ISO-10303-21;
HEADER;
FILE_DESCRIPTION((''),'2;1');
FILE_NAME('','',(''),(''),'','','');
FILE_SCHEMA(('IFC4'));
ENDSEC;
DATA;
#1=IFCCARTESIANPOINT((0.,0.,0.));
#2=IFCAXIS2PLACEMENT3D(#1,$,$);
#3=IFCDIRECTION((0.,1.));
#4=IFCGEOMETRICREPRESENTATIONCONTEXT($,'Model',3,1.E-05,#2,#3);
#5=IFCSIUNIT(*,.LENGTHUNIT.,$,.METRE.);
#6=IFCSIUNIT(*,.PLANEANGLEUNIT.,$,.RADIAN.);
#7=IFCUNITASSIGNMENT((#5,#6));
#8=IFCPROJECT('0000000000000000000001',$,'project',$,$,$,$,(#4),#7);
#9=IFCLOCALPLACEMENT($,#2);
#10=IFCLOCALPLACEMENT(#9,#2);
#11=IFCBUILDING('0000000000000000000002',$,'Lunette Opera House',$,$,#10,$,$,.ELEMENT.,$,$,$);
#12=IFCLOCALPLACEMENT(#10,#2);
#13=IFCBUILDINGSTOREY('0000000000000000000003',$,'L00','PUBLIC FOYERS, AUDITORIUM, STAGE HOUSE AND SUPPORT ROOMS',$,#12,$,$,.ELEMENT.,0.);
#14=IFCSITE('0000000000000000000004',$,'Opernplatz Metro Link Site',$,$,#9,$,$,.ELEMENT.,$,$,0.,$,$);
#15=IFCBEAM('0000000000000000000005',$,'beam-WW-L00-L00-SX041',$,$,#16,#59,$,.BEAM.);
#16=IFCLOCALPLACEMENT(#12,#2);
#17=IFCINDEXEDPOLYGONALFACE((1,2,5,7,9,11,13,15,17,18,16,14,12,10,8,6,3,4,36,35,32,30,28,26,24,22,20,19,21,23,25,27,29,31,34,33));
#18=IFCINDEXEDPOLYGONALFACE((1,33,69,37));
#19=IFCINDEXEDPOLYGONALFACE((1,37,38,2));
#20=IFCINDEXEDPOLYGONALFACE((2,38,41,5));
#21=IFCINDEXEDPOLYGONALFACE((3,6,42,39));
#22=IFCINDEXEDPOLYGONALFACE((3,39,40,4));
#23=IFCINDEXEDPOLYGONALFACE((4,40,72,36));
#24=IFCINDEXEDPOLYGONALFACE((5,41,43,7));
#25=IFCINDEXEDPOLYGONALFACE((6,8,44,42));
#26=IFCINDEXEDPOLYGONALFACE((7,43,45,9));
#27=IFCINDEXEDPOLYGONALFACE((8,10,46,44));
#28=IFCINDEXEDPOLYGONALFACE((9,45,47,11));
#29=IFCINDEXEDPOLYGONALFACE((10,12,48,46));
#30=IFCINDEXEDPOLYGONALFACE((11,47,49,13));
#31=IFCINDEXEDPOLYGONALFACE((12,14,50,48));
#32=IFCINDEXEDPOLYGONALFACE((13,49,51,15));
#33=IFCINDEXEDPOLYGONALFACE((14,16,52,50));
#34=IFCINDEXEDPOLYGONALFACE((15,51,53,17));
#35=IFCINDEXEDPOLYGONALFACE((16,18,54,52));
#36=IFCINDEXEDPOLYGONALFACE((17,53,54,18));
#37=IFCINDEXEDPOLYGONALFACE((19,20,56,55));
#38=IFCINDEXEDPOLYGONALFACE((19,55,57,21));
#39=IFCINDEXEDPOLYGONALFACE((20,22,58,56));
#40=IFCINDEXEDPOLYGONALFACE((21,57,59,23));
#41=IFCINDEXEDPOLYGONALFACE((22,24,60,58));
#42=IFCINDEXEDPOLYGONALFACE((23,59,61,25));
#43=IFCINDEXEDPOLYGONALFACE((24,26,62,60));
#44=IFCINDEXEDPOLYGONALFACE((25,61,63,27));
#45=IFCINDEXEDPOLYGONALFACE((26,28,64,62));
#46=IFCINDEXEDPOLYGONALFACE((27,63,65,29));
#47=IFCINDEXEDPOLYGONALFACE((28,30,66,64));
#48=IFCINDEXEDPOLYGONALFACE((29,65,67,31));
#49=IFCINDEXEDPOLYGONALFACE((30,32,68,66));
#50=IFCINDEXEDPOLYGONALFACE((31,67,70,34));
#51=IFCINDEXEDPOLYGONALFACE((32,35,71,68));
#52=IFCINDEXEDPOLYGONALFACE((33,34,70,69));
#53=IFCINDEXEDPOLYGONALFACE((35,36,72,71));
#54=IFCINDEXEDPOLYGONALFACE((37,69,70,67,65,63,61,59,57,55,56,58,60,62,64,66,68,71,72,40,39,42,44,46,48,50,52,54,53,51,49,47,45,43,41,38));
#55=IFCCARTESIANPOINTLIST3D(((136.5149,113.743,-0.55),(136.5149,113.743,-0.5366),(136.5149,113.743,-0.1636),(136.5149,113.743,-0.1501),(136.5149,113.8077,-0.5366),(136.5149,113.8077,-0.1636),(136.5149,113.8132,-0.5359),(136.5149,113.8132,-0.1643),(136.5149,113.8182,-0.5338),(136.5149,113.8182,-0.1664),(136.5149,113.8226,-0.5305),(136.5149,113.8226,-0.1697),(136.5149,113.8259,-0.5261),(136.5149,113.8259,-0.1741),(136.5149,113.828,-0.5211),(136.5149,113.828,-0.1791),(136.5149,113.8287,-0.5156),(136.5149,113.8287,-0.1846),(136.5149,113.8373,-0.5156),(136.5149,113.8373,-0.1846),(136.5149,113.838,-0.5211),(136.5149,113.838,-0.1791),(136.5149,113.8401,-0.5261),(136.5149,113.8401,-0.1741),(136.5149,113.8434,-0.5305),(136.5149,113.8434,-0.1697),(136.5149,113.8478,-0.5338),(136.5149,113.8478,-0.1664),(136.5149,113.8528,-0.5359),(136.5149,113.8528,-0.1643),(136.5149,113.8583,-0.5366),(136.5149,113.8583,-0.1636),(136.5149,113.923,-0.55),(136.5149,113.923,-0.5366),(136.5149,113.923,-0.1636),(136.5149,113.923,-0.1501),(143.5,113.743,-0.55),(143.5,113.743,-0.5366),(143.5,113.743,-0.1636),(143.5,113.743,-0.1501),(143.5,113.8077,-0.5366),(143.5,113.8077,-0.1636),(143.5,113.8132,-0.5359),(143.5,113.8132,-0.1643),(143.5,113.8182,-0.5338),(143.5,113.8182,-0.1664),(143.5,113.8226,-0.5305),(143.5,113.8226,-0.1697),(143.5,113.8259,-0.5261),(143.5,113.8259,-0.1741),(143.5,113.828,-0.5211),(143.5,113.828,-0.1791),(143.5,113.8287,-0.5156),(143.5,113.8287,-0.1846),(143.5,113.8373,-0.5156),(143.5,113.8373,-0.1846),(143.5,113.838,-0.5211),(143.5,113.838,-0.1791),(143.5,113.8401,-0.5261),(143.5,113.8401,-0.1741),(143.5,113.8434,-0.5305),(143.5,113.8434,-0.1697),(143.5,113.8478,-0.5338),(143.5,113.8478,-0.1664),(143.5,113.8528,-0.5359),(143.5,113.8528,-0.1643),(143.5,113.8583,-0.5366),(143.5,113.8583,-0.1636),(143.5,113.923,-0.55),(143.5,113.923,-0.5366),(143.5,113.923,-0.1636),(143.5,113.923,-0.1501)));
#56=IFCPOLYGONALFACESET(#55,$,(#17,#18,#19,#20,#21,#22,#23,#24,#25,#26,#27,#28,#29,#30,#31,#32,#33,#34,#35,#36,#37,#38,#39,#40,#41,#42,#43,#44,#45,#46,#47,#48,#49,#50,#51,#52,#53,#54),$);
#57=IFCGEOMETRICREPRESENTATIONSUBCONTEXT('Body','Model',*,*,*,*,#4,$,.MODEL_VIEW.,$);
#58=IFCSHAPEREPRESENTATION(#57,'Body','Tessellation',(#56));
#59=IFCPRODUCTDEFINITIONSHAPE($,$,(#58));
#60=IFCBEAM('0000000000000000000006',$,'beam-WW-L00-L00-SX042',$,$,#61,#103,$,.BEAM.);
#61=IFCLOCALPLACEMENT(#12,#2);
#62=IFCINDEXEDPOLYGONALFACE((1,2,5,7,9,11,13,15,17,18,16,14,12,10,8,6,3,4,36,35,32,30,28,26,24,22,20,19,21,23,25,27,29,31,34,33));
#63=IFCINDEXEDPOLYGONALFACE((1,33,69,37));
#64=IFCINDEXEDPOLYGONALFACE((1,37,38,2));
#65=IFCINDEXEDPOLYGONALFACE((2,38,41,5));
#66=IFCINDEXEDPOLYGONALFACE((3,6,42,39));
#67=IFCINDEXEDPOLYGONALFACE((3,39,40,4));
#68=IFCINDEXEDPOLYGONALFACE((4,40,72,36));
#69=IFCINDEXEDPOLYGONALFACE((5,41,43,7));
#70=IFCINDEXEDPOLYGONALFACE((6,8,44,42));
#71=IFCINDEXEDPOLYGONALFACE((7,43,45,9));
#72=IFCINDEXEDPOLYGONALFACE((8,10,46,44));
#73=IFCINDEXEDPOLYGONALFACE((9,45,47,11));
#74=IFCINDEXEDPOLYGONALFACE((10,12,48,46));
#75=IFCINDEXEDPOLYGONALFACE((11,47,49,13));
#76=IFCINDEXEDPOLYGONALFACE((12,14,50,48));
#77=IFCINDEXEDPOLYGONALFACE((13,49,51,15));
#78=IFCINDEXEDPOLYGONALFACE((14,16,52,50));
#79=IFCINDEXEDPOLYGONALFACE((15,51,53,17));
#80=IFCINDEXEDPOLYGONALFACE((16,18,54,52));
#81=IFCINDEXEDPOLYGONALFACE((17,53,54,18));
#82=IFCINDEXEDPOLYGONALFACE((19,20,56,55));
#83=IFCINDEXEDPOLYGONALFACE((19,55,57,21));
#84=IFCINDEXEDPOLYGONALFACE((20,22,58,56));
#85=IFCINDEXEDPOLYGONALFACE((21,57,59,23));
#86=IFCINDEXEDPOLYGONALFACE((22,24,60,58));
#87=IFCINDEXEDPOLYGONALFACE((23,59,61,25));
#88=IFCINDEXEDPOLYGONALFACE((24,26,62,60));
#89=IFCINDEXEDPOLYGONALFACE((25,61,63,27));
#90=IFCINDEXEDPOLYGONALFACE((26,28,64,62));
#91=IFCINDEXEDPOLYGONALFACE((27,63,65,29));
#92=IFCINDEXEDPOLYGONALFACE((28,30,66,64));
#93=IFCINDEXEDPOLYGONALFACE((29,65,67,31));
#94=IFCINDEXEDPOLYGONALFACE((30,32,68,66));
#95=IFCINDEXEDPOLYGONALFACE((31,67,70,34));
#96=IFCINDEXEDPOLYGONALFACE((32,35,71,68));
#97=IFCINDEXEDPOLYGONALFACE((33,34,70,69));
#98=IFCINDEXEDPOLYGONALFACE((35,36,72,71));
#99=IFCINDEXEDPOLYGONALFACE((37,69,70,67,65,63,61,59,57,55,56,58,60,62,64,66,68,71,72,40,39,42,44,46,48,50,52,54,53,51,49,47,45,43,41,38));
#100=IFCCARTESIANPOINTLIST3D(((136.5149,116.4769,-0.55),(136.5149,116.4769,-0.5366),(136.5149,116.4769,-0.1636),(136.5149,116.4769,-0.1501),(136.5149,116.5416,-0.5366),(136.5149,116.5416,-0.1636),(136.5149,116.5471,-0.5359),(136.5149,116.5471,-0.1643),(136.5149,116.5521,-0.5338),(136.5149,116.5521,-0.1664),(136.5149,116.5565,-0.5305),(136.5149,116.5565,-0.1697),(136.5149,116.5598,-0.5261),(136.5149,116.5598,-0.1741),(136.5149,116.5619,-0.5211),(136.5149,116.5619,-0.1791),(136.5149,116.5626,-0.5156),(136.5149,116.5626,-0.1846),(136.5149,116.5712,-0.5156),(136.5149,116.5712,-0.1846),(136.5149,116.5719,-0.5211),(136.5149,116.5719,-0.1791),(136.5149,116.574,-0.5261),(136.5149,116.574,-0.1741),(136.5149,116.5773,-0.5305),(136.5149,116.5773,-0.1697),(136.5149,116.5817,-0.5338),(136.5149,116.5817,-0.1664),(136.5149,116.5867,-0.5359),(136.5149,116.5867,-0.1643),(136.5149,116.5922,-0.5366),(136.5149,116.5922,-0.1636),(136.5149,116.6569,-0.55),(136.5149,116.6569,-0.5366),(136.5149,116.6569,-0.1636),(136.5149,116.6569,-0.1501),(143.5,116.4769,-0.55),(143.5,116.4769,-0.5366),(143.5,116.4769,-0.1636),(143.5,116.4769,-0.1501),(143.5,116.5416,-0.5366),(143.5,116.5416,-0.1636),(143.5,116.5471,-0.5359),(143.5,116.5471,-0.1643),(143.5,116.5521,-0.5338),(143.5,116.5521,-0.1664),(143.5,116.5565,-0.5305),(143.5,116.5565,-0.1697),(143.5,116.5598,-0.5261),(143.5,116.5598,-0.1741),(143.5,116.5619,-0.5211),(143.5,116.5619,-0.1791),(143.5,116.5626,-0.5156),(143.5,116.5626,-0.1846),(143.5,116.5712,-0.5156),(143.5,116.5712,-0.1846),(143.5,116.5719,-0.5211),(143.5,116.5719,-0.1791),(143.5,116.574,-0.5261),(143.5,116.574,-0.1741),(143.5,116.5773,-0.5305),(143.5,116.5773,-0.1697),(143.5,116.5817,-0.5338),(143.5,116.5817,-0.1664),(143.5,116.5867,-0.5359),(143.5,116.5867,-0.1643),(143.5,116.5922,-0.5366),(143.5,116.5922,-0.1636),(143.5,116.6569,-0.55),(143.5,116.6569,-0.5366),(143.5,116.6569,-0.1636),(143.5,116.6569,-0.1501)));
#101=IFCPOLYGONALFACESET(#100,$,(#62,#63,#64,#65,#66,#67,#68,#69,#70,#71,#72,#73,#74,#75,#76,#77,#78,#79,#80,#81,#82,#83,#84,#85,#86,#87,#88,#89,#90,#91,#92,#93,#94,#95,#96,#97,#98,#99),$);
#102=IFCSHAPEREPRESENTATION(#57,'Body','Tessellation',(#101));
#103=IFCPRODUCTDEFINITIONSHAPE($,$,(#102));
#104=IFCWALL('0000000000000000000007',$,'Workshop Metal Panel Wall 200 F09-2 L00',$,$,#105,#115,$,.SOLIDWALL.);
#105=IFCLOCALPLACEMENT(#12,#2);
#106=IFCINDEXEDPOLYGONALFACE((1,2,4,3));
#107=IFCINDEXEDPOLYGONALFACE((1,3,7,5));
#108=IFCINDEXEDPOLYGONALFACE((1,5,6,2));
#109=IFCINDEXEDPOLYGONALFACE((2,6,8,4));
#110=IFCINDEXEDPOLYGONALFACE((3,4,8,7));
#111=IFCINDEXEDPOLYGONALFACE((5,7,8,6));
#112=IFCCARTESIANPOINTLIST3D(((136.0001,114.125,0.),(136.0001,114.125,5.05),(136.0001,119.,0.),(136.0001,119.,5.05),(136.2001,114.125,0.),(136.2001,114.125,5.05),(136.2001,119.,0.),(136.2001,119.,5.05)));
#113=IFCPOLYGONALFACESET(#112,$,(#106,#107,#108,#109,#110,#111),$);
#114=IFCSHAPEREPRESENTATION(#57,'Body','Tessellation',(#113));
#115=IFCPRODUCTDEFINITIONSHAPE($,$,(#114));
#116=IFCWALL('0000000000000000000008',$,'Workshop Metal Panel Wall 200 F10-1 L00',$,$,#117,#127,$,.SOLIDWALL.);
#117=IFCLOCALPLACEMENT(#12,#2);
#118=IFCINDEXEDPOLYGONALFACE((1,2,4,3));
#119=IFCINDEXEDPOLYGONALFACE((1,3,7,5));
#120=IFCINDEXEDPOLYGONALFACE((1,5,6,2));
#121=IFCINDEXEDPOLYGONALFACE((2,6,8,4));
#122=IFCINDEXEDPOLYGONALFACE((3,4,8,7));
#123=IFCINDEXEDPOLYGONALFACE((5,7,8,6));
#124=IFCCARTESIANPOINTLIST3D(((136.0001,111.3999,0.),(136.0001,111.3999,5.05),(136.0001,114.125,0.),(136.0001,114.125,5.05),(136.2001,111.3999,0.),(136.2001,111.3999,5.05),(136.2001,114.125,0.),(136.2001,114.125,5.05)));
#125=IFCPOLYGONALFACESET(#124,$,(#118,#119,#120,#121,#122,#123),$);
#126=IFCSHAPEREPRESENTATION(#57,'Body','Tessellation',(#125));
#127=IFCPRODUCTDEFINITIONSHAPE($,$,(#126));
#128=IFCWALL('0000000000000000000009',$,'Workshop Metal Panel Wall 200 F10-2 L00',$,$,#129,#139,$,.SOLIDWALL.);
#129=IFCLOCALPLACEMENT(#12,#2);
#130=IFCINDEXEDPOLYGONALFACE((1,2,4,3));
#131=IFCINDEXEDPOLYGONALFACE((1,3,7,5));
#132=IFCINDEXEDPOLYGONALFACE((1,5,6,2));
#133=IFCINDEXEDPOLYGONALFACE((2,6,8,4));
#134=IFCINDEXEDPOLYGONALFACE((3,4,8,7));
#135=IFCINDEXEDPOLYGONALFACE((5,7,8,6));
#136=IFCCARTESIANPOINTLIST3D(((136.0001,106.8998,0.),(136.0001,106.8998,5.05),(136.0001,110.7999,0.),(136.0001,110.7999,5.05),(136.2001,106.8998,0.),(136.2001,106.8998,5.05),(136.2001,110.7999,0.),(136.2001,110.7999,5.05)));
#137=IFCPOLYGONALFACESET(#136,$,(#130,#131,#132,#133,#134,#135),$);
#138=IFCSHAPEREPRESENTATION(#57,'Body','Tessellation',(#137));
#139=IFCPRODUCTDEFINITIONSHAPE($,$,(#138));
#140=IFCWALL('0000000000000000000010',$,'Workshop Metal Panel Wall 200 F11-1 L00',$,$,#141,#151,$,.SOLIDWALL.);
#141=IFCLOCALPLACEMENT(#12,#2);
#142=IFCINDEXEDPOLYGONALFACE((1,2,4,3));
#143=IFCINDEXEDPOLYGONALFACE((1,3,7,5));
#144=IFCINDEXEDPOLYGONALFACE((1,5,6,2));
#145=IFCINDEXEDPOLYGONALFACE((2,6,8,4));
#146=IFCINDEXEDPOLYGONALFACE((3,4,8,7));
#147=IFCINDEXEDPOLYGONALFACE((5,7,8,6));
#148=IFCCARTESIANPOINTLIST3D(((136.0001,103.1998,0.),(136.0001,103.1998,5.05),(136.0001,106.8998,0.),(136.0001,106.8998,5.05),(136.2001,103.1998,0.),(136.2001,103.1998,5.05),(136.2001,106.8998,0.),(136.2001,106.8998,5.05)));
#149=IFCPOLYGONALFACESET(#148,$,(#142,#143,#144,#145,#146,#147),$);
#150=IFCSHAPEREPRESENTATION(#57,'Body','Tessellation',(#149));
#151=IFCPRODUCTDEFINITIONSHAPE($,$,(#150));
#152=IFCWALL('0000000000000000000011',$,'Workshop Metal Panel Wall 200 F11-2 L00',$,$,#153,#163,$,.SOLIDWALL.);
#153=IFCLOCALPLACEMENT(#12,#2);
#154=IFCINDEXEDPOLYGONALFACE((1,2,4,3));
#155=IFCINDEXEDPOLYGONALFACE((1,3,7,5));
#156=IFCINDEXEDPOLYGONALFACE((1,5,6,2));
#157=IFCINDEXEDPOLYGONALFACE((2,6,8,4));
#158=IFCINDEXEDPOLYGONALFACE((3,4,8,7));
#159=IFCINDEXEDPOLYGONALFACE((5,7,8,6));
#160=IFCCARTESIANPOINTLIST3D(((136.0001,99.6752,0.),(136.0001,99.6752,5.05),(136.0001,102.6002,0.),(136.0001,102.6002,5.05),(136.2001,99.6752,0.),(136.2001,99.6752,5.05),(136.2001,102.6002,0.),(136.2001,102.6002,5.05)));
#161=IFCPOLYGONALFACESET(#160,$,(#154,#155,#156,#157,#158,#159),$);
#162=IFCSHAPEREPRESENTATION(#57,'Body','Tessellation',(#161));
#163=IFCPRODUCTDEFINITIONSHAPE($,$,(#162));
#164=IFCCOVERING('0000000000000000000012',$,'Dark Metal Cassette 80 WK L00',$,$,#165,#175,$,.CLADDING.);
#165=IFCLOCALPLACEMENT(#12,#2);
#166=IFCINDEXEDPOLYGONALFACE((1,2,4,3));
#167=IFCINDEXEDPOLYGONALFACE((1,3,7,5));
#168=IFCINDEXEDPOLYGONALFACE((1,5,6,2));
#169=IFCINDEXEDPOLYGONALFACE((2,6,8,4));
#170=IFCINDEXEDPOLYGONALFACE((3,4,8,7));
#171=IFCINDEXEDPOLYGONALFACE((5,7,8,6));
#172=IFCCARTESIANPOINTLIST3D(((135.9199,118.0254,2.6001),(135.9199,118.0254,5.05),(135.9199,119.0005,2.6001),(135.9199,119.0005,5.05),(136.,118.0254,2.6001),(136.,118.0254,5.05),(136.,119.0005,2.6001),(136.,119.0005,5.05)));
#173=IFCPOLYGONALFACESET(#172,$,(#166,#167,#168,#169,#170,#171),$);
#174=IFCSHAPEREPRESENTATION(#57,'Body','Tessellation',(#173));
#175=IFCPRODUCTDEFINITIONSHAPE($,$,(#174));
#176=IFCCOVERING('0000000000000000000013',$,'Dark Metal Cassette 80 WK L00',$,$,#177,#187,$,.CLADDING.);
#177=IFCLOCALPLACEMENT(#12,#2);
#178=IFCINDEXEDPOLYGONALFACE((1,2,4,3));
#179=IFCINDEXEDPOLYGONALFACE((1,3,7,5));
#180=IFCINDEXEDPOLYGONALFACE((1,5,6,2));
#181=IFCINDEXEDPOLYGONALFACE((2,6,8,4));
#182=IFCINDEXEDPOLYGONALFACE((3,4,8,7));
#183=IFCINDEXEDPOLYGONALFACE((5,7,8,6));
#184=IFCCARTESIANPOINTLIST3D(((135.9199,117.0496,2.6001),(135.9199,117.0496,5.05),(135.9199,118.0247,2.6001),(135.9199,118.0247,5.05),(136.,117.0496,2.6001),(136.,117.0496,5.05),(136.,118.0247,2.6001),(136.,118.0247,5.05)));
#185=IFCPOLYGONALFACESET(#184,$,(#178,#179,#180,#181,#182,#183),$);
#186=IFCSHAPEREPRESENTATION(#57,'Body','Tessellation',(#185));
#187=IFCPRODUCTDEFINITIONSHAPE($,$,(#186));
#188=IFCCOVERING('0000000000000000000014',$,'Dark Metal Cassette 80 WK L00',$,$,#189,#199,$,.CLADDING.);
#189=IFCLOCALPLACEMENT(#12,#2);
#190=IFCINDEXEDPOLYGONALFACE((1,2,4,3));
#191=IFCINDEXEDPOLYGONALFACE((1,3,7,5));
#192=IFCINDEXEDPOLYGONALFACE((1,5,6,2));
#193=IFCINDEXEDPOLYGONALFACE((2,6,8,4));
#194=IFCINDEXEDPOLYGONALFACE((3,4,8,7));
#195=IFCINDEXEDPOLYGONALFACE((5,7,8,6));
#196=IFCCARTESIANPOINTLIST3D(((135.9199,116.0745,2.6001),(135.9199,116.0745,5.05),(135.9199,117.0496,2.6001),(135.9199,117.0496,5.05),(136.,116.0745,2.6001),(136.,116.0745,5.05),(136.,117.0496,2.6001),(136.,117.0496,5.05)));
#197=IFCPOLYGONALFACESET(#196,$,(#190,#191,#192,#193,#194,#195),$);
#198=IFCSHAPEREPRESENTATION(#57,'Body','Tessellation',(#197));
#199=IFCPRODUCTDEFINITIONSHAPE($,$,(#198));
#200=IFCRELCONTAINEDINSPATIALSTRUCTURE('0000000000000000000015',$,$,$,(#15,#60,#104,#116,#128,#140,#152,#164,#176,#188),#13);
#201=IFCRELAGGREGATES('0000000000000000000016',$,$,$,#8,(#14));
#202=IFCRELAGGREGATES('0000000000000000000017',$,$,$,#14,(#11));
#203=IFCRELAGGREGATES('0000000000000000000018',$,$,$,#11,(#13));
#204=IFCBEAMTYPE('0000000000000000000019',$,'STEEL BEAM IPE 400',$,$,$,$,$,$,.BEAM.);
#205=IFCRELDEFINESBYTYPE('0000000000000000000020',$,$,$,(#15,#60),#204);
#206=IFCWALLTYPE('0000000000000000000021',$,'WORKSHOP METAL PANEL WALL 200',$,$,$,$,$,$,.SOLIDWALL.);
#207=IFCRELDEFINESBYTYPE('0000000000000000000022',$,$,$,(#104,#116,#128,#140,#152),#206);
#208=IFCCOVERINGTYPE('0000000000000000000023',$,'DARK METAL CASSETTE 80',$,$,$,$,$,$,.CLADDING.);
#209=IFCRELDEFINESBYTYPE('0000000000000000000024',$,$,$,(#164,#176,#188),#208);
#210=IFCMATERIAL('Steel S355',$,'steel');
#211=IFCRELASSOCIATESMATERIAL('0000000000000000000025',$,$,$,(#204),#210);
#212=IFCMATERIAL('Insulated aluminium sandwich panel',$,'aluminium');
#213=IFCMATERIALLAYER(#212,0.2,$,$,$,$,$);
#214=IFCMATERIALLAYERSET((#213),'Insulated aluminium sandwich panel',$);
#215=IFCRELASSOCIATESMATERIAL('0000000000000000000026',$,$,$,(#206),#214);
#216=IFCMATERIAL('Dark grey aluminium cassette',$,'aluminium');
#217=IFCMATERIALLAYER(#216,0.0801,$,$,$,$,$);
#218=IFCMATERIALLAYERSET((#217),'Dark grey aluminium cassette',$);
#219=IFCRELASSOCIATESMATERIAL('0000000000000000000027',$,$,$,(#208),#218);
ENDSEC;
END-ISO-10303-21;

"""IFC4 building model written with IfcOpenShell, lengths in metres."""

from ifc_helpers import new_model, si_unit, direction, frame, frame_2d, origin, origin_2d, place, context, subcontext, project, spatial, rectangle, i_section, extrude, material, layer, layer_set, material_profile, profile_set, type_object, element, save


model = new_model("IFC4")

# Units and contexts
model_context = context("Model", 3, precision=1e-05, world=origin(), true_north=direction((0.0, 1.0)))
body_context = subcontext(model_context, "Body", "Model", "MODEL_VIEW")
ifc_project = project(units=[si_unit("LENGTHUNIT", "METRE"), si_unit("PLANEANGLEUNIT", "RADIAN")], contexts=[model_context])

# Site, building, storey
site_placement = place(None, origin())
site = spatial("IfcSite", under=ifc_project, at=site_placement, Name="Opernplatz Metro Link Site", CompositionType="ELEMENT", RefElevation=0.0)
building_placement = place(site_placement, origin())
building = spatial("IfcBuilding", under=site, at=building_placement, Name="Lunette Opera House", CompositionType="ELEMENT")
storey_placement = place(building_placement, origin())
storey = spatial("IfcBuildingStorey", under=building, at=storey_placement, Name="L00", Description="PUBLIC FOYERS, AUDITORIUM, STAGE HOUSE AND SUPPORT ROOMS", CompositionType="ELEMENT", Elevation=0.0)

# Beams
ifc_material_1 = material(Name="Steel S355", Category="steel")
ifc_material_profile_1 = material_profile(ifc_material_1, i_section(OverallWidth=0.1799, OverallDepth=0.3999, WebThickness=0.0085, FlangeThickness=0.0134, FilletRadius=0.021, at=origin_2d()), Name="IPE 400")
ifc_profile_set_1 = profile_set([ifc_material_profile_1], Name="Steel S355")
beam_type_1 = type_object("IfcBeamType", Name="STEEL BEAM IPE 400", PredefinedType="BEAM", material=ifc_profile_set_1)
for number, where, z_axis, x_axis, name in (
    (1, (136.5149, 113.833, -0.3501), (1.0, 0.0, 0.0), (0.0, 1.0, 0.0), "beam-WW-L00-L00-SX041"),
    (2, (136.5149, 116.5669, -0.3501), (1.0, 0.0, 0.0), (0.0, 1.0, 0.0), "beam-WW-L00-L00-SX042"),
):
    element("IfcBeam", number, at=place(storey_placement, frame(where, z_axis=z_axis, x_axis=x_axis)), inside=storey, type_object=beam_type_1, Name=name, PredefinedType="BEAM", context=body_context, shape_type="SweptSolid", body=[
        extrude(i_section(OverallWidth=0.1799, OverallDepth=0.3999, WebThickness=0.0085, FlangeThickness=0.0134, FilletRadius=0.021, at=origin_2d()), origin(), (0.0, 0.0, 1.0), 6.9851),
    ])

# Walls
ifc_material_2 = material(Name="Insulated aluminium sandwich panel", Category="aluminium")
ifc_layer_1 = layer(ifc_material_2, 0.2)
ifc_layer_set_1 = layer_set([ifc_layer_1], Name="Insulated aluminium sandwich panel")
wall_type = type_object("IfcWallType", Name="WORKSHOP METAL PANEL WALL 200", PredefinedType="SOLIDWALL", material=ifc_layer_set_1)
wall_1_placement = place(storey_placement, frame((136.1001, 119.0, 0.0), z_axis=(0.0, 0.0, 1.0), x_axis=(0.0, -1.0, 0.0)))
element("IfcWall", 3, at=wall_1_placement, inside=storey, type_object=wall_type, Name="Workshop Metal Panel Wall 200 F09-2 L00", PredefinedType="SOLIDWALL", context=body_context, shape_type="SweptSolid", body=[
    extrude(rectangle(XDim=4.875, YDim=0.2, at=frame_2d((2.4375, 0.0))), origin(), (0.0, 0.0, 1.0), 5.05),
])
wall_2_placement = place(storey_placement, frame((136.1001, 114.125, 0.0), z_axis=(0.0, 0.0, 1.0), x_axis=(0.0, -1.0, 0.0)))
element("IfcWall", 4, at=wall_2_placement, inside=storey, type_object=wall_type, Name="Workshop Metal Panel Wall 200 F10-1 L00", PredefinedType="SOLIDWALL", context=body_context, shape_type="SweptSolid", body=[
    extrude(rectangle(XDim=2.7251, YDim=0.2, at=frame_2d((1.3625, 0.0))), origin(), (0.0, 0.0, 1.0), 5.05),
])
wall_3_placement = place(storey_placement, frame((136.1001, 110.8, 0.0), z_axis=(0.0, 0.0, 1.0), x_axis=(0.0, -1.0, 0.0)))
element("IfcWall", 5, at=wall_3_placement, inside=storey, type_object=wall_type, Name="Workshop Metal Panel Wall 200 F10-2 L00", PredefinedType="SOLIDWALL", context=body_context, shape_type="SweptSolid", body=[
    extrude(rectangle(XDim=3.9001, YDim=0.2, at=frame_2d((1.9502, 0.0))), origin(), (0.0, 0.0, 1.0), 5.05),
])
wall_4_placement = place(storey_placement, frame((136.1001, 106.8999, 0.0), z_axis=(0.0, 0.0, 1.0), x_axis=(0.0, -1.0, 0.0)))
element("IfcWall", 6, at=wall_4_placement, inside=storey, type_object=wall_type, Name="Workshop Metal Panel Wall 200 F11-1 L00", PredefinedType="SOLIDWALL", context=body_context, shape_type="SweptSolid", body=[
    extrude(rectangle(XDim=3.7, YDim=0.2, at=frame_2d((1.8501, 0.0))), origin(), (0.0, 0.0, 1.0), 5.05),
])
wall_5_placement = place(storey_placement, frame((136.1001, 102.6001, 0.0), z_axis=(0.0, 0.0, 1.0), x_axis=(0.0, -1.0, 0.0)))
element("IfcWall", 7, at=wall_5_placement, inside=storey, type_object=wall_type, Name="Workshop Metal Panel Wall 200 F11-2 L00", PredefinedType="SOLIDWALL", context=body_context, shape_type="SweptSolid", body=[
    extrude(rectangle(XDim=2.925, YDim=0.2, at=frame_2d((1.4624, 0.0))), origin(), (0.0, 0.0, 1.0), 5.05),
])

# Coverings
ifc_material_3 = material(Name="Dark grey aluminium cassette", Category="aluminium")
ifc_layer_2 = layer(ifc_material_3, 0.0801)
ifc_layer_set_2 = layer_set([ifc_layer_2], Name="Dark grey aluminium cassette")
covering_type = type_object("IfcCoveringType", Name="DARK METAL CASSETTE 80", PredefinedType="CLADDING", material=ifc_layer_set_2)
for number, where, z_axis, x_axis, name in (
    (8, (135.96, 118.5129, 2.6001), (0.0, 0.0, 1.0), (0.0, -1.0, 0.0), "Dark Metal Cassette 80 WK L00"),
    (9, (135.96, 117.5371, 2.6001), (0.0, 0.0, 1.0), (0.0, -1.0, 0.0), "Dark Metal Cassette 80 WK L00"),
    (10, (135.96, 116.562, 2.6001), (0.0, 0.0, 1.0), (0.0, -1.0, 0.0), "Dark Metal Cassette 80 WK L00"),
):
    element("IfcCovering", number, at=place(storey_placement, frame(where, z_axis=z_axis, x_axis=x_axis)), inside=storey, type_object=covering_type, Name=name, PredefinedType="CLADDING", context=body_context, shape_type="SweptSolid", body=[
        extrude(rectangle(XDim=0.9751, YDim=0.0801, at=origin_2d()), origin(), (0.0, 0.0, 1.0), 2.45),
    ])

save(model, "model.ifc")
